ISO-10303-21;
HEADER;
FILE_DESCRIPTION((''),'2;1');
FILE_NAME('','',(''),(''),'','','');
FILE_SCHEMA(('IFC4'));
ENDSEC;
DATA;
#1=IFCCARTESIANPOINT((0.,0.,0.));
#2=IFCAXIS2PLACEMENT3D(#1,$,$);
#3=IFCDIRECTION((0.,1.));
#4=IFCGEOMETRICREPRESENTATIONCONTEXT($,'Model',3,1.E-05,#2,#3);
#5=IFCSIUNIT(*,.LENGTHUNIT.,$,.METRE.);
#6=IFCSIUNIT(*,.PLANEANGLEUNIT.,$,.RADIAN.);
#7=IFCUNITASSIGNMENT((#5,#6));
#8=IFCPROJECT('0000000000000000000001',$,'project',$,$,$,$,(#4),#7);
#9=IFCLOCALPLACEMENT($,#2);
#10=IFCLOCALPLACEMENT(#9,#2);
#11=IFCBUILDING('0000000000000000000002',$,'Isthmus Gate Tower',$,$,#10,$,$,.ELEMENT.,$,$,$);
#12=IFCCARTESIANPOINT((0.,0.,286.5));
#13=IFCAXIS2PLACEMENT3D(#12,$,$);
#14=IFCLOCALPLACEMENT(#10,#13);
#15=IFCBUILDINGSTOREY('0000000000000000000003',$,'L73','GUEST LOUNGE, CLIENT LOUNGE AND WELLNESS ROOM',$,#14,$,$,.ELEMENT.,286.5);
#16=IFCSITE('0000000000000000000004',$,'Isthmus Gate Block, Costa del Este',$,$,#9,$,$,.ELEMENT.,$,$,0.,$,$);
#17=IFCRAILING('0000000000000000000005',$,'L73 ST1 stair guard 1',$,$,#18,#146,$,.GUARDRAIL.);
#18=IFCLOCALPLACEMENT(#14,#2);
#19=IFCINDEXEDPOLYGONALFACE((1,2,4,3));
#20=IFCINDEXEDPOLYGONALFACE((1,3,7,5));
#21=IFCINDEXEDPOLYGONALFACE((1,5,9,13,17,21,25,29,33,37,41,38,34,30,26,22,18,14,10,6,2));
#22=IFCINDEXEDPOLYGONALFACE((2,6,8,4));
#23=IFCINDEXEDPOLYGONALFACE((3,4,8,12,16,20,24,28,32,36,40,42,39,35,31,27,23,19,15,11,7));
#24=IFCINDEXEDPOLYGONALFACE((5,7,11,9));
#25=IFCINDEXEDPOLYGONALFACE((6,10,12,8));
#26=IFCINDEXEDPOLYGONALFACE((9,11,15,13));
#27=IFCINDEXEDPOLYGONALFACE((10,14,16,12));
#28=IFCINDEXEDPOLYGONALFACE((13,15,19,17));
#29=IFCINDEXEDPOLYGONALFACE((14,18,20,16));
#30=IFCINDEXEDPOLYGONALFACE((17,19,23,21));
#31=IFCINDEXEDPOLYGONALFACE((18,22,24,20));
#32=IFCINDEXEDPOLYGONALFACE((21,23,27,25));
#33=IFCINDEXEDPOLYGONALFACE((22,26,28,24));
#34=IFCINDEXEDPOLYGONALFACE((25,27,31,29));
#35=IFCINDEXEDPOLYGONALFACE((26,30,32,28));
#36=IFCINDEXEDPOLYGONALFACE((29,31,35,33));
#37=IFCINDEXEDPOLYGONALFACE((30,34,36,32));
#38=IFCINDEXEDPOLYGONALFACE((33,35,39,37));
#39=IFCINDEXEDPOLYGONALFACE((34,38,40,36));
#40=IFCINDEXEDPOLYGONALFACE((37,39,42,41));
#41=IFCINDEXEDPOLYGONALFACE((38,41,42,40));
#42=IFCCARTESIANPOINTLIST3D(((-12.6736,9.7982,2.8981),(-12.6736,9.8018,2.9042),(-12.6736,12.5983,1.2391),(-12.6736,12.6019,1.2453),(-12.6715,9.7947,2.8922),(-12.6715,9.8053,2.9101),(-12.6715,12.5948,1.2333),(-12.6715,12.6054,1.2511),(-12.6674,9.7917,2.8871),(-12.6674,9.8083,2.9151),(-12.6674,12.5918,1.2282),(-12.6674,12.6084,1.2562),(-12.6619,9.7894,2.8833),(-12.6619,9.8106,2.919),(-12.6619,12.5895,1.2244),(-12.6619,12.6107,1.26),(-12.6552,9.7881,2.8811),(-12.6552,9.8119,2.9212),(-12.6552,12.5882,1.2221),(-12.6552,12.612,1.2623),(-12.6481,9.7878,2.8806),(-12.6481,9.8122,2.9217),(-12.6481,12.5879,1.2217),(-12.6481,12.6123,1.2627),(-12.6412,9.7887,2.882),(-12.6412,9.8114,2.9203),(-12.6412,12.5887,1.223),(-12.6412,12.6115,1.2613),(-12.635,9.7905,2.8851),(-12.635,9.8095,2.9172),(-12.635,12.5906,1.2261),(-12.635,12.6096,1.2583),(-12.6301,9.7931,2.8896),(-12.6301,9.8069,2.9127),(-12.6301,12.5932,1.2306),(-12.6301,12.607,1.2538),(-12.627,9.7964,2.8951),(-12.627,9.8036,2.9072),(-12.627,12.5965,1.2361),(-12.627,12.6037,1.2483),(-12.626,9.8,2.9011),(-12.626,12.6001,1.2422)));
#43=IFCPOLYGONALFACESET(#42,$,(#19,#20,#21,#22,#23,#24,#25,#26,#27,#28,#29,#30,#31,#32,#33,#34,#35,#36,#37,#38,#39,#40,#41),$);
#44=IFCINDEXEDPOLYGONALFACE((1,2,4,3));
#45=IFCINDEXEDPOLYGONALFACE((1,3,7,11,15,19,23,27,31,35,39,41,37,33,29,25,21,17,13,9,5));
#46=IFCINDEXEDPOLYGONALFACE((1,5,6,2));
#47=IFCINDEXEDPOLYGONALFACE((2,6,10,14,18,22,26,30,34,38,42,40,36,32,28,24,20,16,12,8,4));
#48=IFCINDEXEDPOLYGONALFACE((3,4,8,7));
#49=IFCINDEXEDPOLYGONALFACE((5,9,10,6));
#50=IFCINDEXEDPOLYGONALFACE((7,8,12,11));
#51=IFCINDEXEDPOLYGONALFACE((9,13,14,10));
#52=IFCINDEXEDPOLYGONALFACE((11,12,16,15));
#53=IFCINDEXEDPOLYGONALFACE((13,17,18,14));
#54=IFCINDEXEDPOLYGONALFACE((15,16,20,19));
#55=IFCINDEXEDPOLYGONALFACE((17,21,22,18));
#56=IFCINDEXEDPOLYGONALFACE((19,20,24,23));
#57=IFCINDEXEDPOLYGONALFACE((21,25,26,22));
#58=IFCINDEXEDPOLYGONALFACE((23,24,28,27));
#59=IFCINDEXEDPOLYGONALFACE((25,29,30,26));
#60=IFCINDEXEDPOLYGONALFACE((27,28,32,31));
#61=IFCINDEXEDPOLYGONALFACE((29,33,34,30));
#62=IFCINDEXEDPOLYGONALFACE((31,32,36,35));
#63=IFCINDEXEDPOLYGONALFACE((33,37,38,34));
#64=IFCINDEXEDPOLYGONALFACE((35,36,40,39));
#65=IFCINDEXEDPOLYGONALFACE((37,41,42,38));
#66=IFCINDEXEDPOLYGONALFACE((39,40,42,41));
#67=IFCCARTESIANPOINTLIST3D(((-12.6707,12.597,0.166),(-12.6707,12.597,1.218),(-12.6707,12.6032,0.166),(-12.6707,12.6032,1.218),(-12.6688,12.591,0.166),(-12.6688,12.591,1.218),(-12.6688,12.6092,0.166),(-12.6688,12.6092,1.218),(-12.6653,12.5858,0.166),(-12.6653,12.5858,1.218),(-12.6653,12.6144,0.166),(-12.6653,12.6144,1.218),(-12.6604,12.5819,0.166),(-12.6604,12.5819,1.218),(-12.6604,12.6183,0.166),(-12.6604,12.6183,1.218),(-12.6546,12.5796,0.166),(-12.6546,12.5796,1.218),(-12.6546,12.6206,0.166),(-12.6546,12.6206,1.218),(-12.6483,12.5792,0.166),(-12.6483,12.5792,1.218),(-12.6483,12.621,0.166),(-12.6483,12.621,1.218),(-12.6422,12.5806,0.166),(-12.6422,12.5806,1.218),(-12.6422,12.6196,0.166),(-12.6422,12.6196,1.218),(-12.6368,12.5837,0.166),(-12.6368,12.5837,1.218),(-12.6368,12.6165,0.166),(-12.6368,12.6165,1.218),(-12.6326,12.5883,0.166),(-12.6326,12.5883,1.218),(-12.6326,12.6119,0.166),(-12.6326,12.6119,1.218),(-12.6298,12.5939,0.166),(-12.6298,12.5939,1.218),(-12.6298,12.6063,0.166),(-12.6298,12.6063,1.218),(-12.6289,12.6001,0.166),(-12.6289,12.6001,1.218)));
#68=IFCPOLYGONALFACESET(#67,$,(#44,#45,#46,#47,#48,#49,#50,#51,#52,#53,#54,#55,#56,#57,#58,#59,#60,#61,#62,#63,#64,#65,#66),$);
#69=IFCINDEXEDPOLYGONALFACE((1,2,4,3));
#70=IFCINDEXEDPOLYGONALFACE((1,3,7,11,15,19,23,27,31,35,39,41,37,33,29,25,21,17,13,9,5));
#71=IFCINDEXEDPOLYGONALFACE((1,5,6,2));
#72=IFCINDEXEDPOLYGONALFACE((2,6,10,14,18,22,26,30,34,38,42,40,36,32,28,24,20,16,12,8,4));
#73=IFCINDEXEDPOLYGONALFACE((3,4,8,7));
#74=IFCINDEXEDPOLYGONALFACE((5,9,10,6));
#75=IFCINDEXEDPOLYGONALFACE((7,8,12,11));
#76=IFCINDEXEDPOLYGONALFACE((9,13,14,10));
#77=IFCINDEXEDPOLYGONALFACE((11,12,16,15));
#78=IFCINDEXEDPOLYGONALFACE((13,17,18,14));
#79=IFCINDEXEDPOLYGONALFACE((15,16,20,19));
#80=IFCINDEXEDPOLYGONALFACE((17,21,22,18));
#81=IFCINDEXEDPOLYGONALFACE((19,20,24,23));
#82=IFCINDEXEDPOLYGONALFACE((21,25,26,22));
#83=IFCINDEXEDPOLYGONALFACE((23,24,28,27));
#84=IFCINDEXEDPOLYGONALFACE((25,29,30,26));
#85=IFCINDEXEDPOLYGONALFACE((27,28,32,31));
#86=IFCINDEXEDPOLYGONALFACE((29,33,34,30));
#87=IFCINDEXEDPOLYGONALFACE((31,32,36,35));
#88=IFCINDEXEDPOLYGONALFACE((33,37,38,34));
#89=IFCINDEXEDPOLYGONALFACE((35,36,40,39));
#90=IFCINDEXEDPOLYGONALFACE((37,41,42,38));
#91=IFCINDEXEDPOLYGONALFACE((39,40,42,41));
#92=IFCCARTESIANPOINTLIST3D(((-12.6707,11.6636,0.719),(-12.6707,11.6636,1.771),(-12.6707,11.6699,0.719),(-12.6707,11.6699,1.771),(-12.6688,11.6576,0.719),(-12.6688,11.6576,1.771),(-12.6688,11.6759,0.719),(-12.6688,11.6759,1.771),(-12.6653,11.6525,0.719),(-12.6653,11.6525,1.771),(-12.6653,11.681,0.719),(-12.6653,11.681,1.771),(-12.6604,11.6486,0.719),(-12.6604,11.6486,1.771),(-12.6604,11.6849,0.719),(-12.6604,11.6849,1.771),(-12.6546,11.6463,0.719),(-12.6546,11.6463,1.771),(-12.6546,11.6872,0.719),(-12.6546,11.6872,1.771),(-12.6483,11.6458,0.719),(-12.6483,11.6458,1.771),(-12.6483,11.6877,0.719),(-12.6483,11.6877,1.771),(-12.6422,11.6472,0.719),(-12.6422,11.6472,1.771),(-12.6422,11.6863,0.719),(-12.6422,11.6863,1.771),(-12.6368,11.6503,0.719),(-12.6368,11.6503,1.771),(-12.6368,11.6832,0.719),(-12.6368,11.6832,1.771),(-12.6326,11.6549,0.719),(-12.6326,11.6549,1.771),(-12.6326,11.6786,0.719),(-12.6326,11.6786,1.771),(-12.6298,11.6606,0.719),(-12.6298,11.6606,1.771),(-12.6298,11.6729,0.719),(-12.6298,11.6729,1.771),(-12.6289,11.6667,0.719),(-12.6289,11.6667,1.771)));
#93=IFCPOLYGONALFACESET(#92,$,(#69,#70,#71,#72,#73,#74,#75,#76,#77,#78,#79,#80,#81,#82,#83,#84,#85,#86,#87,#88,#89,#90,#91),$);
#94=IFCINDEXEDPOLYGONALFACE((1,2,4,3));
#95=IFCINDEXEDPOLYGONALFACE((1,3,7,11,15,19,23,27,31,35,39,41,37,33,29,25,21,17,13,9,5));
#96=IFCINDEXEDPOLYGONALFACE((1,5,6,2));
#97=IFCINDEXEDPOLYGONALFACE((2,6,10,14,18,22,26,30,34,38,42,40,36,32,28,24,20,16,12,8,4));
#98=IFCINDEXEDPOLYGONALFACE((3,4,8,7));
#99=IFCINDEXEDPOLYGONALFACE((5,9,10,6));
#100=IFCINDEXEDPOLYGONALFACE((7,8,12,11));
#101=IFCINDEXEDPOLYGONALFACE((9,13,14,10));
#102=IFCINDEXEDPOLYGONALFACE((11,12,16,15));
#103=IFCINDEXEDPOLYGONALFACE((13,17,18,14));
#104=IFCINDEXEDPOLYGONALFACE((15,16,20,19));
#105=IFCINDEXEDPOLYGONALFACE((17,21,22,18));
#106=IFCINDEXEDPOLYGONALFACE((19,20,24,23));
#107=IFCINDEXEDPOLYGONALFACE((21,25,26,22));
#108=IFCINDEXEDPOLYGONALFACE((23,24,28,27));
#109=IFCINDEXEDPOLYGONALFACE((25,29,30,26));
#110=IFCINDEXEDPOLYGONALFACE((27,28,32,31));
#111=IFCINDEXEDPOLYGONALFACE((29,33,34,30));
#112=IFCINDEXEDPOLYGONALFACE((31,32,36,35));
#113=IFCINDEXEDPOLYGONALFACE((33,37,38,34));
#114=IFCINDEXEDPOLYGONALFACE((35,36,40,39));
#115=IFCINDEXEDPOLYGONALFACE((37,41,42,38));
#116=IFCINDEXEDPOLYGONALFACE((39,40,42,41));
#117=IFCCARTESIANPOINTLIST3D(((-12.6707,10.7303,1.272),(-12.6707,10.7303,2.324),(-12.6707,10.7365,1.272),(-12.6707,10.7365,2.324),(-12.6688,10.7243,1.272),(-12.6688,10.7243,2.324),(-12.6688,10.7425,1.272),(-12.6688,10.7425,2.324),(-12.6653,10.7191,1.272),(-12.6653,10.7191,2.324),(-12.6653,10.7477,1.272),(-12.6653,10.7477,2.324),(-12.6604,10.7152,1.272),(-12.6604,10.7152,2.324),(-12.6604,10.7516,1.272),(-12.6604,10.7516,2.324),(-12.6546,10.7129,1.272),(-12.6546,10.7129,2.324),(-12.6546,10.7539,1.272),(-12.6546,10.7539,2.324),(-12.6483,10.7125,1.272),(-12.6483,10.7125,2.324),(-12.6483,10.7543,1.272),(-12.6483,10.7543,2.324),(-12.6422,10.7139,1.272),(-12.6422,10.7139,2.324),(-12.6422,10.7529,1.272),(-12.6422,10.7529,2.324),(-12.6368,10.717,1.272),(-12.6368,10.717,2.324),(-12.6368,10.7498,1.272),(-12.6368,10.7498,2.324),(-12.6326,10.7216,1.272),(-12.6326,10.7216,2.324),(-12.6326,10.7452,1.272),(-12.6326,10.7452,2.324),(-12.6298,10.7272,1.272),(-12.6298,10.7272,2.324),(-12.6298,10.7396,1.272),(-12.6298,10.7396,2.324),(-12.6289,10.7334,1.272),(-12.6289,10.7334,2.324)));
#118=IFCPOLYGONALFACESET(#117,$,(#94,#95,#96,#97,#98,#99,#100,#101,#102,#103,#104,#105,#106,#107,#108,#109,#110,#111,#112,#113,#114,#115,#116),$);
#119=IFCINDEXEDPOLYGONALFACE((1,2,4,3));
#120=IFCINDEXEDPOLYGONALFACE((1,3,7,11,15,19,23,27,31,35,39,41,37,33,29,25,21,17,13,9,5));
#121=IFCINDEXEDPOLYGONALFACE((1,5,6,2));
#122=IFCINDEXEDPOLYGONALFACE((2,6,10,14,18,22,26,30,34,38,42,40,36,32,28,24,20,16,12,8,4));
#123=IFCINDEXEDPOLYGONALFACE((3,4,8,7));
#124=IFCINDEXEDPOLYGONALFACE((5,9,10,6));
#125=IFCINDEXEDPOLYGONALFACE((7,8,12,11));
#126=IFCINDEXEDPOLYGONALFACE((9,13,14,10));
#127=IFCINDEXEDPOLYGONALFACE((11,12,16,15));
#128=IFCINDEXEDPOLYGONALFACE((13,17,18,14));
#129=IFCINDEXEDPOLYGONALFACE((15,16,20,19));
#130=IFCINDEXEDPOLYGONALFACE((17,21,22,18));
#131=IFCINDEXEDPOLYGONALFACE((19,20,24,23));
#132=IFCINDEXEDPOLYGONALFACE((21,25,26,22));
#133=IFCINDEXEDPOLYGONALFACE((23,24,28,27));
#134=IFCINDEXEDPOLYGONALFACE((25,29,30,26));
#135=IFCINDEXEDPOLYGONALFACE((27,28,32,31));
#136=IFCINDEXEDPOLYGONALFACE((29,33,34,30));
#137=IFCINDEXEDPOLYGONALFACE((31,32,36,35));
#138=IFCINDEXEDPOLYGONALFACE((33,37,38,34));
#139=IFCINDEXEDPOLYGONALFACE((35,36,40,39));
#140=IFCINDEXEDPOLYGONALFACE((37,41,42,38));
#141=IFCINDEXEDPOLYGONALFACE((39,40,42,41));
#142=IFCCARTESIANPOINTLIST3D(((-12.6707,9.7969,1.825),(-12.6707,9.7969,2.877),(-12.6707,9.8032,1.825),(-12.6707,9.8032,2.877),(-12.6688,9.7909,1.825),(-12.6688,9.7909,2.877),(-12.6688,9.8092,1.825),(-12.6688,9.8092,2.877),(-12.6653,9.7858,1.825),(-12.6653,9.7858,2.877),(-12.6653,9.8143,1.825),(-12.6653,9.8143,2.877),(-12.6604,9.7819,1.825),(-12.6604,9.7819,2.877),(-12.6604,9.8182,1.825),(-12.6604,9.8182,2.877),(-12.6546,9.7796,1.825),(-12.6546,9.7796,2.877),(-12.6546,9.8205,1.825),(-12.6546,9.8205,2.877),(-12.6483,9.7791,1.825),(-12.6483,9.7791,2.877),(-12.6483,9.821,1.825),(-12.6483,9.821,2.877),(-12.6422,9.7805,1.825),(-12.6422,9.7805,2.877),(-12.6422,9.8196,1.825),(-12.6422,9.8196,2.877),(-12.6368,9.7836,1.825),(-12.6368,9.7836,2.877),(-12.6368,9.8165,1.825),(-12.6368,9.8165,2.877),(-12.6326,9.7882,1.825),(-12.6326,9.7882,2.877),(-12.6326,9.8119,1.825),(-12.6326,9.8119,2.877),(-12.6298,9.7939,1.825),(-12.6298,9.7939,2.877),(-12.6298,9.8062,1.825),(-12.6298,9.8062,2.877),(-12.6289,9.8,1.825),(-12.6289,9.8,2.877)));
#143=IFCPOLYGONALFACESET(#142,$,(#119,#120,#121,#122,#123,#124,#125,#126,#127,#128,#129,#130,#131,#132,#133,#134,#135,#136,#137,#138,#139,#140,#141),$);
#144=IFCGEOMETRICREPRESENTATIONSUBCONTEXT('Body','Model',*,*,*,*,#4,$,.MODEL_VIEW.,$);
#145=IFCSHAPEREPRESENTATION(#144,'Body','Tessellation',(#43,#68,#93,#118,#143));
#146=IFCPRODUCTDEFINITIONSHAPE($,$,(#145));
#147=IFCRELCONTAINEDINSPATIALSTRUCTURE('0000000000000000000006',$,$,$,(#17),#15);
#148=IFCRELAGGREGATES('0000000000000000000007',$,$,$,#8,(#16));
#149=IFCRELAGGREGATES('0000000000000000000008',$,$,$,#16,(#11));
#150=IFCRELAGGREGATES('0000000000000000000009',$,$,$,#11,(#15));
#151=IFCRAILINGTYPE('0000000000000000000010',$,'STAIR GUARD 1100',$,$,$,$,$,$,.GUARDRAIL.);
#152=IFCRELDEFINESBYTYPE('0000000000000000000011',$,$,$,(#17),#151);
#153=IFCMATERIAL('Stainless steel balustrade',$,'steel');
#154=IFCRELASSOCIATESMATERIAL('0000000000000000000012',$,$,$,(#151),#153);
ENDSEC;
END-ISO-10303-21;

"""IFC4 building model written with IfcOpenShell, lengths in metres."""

from ifc_helpers import new_model, si_unit, direction, frame, origin, origin_2d, place, context, subcontext, project, spatial, circle, extrude, material, type_object, element, save


model = new_model("IFC4")

# Units and contexts
model_context = context("Model", 3, precision=1e-05, world=origin(), true_north=direction((0.0, 1.0)))
body_context = subcontext(model_context, "Body", "Model", "MODEL_VIEW")
ifc_project = project(units=[si_unit("LENGTHUNIT", "METRE"), si_unit("PLANEANGLEUNIT", "RADIAN")], contexts=[model_context])

# Site, building, storey
site_placement = place(None, origin())
site = spatial("IfcSite", under=ifc_project, at=site_placement, Name="Isthmus Gate Block, Costa del Este", CompositionType="ELEMENT", RefElevation=0.0)
building_placement = place(site_placement, origin())
building = spatial("IfcBuilding", under=site, at=building_placement, Name="Isthmus Gate Tower", CompositionType="ELEMENT")
storey_placement = place(building_placement, frame((0.0, 0.0, 286.5)))
storey = spatial("IfcBuildingStorey", under=building, at=storey_placement, Name="L73", Description="GUEST LOUNGE, CLIENT LOUNGE AND WELLNESS ROOM", CompositionType="ELEMENT", Elevation=286.5)

# Railing
ifc_material_1 = material(Name="Stainless steel balustrade", Category="steel")
railing_type = type_object("IfcRailingType", Name="STAIR GUARD 1100", PredefinedType="GUARDRAIL", material=ifc_material_1)
railing_1_placement = place(storey_placement, frame((-12.6499, 12.6001, 0.166)))
element("IfcRailing", 1, at=railing_1_placement, inside=storey, type_object=railing_type, Name="L73 ST1 stair guard 1", PredefinedType="GUARDRAIL", context=body_context, shape_type="SweptSolid", body=[
    extrude(circle(Radius=0.0239, at=origin_2d()), frame((0.0, 0.0, 1.0762), z_axis=(0.0, -0.860339, 0.509722), x_axis=(1.0, 0.0, 0.0)), (0.0, 0.0, 1.0), 3.2546),
    extrude(circle(Radius=0.021, at=origin_2d()), origin(), (0.0, 0.0, 1.0), 1.052),
    extrude(circle(Radius=0.021, at=origin_2d()), frame((0.0, -0.9333, 0.553)), (0.0, 0.0, 1.0), 1.052),
    extrude(circle(Radius=0.021, at=origin_2d()), frame((0.0, -1.8667, 1.106)), (0.0, 0.0, 1.0), 1.052),
    extrude(circle(Radius=0.021, at=origin_2d()), frame((0.0, -2.8, 1.6589)), (0.0, 0.0, 1.0), 1.052),
])

save(model, "model.ifc")
